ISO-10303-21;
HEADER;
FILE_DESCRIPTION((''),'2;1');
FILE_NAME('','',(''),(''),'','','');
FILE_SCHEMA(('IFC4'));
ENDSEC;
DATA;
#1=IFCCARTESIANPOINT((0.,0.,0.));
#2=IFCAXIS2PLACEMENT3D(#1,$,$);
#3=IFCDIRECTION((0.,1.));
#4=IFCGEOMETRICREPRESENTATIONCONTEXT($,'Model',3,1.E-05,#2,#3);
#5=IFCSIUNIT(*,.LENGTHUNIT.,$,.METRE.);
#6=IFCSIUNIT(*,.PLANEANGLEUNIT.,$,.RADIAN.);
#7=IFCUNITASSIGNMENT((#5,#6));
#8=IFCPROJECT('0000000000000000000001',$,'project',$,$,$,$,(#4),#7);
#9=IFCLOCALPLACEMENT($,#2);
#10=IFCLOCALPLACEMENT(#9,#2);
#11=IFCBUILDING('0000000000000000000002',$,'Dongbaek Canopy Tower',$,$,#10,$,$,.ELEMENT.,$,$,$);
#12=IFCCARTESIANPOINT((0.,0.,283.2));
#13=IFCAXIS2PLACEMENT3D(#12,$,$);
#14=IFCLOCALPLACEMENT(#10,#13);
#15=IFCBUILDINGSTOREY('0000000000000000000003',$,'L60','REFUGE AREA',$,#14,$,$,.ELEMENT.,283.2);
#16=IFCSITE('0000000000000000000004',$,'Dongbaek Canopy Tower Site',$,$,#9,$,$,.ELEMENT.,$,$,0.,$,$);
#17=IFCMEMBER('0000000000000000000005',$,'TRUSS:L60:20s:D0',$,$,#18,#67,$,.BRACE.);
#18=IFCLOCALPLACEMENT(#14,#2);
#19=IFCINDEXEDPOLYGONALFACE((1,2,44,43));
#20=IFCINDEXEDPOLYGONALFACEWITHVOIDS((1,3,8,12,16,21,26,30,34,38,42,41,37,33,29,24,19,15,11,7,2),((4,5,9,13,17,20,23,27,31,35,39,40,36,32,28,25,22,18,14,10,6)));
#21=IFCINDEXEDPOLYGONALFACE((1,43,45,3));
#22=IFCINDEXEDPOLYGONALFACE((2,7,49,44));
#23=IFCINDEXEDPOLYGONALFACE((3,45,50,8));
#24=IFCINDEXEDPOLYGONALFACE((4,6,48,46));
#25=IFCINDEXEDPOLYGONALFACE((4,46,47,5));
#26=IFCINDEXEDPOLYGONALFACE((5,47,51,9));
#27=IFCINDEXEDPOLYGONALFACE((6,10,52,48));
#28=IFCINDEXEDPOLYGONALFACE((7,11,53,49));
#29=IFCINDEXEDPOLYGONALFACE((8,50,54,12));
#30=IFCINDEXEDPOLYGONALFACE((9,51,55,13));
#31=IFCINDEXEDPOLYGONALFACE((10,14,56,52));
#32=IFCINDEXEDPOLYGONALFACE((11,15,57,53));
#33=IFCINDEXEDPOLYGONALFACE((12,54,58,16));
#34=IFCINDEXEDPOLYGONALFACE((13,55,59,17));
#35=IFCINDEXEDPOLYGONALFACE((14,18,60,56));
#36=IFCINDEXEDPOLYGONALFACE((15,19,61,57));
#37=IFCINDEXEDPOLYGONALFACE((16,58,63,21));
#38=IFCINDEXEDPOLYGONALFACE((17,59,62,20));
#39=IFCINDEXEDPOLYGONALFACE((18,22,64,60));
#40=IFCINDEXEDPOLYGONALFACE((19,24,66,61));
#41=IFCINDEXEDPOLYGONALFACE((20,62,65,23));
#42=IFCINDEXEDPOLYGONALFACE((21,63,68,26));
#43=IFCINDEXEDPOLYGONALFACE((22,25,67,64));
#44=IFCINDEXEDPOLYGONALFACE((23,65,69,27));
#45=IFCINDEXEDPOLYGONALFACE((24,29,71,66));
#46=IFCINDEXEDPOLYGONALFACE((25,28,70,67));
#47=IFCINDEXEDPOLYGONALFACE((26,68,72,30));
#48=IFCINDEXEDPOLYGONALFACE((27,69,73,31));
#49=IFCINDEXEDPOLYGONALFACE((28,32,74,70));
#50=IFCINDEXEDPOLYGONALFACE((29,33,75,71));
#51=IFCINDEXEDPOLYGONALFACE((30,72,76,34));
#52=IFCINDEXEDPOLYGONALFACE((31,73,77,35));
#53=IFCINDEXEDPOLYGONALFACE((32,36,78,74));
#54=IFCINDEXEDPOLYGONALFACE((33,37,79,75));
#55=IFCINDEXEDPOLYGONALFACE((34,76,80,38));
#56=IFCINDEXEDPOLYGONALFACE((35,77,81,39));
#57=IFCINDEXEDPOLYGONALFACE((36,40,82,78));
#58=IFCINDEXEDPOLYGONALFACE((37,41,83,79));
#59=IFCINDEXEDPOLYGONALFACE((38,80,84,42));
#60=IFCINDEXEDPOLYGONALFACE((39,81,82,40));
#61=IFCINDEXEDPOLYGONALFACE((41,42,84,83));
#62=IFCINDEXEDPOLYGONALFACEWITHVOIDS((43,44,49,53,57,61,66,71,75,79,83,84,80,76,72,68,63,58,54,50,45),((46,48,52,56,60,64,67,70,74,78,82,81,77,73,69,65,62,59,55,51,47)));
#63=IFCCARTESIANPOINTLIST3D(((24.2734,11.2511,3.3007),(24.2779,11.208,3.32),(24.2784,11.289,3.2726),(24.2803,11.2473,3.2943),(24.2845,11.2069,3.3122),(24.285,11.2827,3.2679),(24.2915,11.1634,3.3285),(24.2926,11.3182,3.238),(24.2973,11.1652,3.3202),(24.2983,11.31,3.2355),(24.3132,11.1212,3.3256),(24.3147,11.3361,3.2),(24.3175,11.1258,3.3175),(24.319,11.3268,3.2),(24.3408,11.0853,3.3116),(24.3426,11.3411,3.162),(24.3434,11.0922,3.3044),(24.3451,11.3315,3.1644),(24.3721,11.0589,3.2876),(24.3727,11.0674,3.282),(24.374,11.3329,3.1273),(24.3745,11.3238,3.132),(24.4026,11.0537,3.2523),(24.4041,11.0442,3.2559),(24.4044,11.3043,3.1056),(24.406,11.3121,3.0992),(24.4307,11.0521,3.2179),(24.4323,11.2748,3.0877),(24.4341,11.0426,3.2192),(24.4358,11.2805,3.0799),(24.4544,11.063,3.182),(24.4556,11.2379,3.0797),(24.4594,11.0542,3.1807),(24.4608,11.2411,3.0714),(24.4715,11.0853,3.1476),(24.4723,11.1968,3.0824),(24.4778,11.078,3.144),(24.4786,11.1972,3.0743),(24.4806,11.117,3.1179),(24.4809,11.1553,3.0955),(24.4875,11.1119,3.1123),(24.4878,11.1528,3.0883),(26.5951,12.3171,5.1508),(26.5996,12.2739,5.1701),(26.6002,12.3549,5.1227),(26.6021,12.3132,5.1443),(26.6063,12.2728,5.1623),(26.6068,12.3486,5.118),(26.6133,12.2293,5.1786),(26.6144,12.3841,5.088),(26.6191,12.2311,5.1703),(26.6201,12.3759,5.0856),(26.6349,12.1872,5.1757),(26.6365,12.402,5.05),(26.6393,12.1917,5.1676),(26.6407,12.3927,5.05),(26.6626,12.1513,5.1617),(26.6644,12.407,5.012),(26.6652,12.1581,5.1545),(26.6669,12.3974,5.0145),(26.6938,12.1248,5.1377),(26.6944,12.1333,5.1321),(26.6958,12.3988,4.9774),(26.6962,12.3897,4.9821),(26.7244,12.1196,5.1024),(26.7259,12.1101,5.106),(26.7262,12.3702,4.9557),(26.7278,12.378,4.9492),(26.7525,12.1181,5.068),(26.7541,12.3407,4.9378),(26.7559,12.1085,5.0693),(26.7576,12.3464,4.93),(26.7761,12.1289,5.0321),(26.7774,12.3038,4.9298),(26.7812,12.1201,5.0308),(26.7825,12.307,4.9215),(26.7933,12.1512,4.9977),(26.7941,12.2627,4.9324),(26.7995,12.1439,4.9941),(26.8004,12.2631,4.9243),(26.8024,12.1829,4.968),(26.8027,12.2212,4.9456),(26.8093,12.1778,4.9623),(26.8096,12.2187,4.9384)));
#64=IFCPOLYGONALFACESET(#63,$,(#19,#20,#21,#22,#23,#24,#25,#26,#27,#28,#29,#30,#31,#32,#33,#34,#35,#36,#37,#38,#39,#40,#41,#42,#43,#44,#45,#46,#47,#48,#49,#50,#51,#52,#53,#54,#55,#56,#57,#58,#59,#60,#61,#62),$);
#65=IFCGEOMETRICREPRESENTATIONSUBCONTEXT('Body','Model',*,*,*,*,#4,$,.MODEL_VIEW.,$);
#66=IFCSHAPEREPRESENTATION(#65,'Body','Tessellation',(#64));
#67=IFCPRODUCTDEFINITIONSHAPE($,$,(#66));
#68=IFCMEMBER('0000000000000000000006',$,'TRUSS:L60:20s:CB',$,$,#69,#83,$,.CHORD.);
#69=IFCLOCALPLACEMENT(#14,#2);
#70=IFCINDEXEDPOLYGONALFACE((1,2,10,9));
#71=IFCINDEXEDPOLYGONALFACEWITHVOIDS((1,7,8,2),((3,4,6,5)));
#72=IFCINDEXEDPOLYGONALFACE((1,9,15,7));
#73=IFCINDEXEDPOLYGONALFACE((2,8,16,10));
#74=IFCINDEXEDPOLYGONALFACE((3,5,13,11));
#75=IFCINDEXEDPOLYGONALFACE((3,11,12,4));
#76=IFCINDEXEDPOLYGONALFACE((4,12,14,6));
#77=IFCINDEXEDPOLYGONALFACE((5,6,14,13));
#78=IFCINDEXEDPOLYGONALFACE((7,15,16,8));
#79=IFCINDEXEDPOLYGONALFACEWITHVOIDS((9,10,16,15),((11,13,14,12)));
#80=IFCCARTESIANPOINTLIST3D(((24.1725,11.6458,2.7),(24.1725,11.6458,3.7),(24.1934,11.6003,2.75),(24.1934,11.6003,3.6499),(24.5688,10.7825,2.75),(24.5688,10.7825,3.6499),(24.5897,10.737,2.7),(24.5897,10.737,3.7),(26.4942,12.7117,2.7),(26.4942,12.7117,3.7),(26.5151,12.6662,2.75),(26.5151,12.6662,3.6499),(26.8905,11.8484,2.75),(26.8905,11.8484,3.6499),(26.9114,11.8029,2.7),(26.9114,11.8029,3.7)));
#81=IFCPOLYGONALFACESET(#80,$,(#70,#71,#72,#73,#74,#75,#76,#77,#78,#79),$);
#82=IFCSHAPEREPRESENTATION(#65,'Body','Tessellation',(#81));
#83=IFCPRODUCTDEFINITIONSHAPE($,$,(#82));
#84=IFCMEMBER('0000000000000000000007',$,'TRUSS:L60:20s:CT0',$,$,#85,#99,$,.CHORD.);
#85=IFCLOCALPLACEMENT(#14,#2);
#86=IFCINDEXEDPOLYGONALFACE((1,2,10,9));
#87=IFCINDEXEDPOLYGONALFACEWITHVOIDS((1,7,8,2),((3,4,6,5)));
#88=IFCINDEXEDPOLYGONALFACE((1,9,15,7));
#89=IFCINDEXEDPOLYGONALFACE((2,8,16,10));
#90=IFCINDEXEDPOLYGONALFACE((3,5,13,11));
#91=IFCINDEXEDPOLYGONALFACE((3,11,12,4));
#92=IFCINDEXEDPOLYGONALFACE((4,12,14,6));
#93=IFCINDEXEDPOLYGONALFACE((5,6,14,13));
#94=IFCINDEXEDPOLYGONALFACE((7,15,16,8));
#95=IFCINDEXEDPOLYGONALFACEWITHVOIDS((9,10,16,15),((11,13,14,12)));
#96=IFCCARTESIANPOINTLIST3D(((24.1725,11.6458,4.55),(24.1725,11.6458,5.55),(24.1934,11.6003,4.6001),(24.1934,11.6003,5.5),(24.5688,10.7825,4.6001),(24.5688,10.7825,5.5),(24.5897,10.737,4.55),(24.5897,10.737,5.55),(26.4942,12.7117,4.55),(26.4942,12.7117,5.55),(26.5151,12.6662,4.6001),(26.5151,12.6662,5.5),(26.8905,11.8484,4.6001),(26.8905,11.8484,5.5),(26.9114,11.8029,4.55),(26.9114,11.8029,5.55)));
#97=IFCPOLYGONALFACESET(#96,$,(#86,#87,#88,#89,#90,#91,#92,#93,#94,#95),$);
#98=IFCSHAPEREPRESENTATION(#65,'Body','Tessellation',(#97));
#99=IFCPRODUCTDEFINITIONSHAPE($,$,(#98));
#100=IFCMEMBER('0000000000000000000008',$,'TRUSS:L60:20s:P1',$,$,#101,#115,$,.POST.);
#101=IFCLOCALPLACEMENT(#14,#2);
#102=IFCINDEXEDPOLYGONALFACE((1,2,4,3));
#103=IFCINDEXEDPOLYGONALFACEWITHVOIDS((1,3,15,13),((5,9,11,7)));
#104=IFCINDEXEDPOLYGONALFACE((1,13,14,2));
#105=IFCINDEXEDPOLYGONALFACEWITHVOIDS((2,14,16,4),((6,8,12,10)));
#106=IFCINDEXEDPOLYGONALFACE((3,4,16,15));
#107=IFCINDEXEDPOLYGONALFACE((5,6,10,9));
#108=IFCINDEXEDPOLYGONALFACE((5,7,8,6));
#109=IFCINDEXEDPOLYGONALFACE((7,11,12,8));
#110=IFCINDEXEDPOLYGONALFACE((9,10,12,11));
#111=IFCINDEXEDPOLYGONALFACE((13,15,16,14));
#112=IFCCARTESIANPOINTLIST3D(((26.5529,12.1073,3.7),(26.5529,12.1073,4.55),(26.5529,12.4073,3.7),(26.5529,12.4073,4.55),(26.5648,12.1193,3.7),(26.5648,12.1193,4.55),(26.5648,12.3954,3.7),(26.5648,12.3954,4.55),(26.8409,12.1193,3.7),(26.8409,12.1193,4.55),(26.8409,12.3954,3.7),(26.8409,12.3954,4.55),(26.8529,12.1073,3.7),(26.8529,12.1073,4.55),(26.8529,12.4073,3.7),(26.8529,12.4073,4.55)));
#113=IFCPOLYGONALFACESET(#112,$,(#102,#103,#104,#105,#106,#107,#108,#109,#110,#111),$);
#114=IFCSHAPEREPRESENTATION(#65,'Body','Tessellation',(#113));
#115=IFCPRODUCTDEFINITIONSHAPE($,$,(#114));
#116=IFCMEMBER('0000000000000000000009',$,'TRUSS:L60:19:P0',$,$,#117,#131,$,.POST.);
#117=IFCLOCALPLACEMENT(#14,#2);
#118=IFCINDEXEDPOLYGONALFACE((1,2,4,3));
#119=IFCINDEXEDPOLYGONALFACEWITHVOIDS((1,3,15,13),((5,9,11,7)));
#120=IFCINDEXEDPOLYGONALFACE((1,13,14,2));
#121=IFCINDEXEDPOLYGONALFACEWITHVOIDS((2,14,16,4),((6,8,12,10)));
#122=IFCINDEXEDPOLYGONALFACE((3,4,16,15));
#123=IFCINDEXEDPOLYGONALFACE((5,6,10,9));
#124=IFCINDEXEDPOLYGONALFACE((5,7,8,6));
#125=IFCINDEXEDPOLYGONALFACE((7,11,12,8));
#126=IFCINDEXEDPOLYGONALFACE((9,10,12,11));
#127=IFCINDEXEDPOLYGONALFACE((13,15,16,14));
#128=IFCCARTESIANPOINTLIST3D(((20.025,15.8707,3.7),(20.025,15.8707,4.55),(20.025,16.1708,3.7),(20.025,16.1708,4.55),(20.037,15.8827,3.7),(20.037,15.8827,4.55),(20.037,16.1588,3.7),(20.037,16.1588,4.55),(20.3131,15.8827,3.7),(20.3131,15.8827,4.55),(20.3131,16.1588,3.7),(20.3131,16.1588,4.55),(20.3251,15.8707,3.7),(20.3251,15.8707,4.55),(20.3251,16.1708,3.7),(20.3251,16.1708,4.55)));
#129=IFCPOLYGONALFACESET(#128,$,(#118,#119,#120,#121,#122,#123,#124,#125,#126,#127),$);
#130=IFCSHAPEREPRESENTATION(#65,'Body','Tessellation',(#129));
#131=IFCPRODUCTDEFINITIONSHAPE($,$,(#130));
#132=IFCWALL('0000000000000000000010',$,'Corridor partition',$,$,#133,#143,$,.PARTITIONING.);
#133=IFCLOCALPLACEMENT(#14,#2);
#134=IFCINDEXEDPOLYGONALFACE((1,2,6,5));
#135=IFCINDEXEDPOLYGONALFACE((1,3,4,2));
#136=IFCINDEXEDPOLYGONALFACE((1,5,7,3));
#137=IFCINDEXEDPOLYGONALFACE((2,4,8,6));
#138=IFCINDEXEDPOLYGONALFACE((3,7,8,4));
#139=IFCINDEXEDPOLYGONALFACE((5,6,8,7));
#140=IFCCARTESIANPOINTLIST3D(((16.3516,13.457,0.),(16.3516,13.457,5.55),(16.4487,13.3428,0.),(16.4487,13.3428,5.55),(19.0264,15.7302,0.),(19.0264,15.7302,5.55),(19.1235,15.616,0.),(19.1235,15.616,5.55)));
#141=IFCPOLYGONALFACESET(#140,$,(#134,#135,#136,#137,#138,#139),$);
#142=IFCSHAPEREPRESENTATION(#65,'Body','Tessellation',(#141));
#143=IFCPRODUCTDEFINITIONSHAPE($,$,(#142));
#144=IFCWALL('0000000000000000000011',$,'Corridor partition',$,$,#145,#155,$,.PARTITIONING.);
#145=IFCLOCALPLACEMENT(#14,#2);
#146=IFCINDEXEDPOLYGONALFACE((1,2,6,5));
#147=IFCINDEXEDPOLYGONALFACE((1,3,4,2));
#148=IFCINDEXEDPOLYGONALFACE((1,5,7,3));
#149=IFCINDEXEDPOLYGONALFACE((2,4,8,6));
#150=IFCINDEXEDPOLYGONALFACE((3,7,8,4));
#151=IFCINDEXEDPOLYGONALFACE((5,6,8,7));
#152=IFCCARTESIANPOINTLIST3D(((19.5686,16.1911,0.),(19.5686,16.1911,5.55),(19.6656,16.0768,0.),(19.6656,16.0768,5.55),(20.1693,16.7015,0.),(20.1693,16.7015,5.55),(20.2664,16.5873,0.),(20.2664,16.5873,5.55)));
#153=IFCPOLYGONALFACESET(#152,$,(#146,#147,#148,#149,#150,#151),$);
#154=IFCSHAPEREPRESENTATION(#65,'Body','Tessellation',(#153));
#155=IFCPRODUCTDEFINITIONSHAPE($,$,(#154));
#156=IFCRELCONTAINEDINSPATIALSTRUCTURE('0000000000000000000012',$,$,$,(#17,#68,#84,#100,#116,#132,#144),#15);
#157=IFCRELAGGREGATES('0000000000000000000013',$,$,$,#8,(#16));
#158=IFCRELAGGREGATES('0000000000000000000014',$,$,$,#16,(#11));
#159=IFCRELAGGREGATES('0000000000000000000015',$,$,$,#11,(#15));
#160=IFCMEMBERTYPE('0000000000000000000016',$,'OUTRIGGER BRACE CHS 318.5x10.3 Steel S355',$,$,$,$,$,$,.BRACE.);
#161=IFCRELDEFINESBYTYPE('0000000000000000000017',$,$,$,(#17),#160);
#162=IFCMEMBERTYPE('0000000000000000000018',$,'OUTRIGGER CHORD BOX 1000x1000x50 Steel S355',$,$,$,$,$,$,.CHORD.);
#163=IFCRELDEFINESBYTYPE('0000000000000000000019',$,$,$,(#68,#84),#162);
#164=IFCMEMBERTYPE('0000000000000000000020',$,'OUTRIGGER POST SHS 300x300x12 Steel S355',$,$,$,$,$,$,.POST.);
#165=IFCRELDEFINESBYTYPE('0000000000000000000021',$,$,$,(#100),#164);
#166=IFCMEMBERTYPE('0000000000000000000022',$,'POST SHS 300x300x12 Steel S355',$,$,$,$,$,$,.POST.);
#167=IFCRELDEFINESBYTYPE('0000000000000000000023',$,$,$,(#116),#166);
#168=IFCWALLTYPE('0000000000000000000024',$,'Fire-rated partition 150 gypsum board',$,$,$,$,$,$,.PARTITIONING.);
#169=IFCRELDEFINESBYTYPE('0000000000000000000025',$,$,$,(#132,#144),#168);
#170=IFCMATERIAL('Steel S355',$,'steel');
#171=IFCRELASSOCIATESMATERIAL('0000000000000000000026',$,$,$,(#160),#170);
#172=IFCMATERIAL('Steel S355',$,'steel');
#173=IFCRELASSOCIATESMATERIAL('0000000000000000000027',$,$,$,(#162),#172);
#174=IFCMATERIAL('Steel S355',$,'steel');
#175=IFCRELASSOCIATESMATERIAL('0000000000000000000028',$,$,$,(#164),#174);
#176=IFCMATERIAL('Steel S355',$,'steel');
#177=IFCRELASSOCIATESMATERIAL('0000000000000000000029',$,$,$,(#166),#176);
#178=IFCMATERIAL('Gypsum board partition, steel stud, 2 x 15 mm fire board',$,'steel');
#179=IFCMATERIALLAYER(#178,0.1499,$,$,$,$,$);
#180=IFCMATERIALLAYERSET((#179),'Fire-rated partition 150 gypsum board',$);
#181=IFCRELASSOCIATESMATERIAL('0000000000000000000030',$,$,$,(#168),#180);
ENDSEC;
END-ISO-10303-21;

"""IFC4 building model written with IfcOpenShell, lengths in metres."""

from ifc_helpers import new_model, si_unit, direction, frame, frame_2d, origin, origin_2d, place, context, subcontext, project, spatial, rectangle, hollow_rectangle, hollow_circle, extrude, material, layer, layer_set, material_profile, profile_set, type_object, element, save


model = new_model("IFC4")

# Units and contexts
model_context = context("Model", 3, precision=1e-05, world=origin(), true_north=direction((0.0, 1.0)))
body_context = subcontext(model_context, "Body", "Model", "MODEL_VIEW")
ifc_project = project(units=[si_unit("LENGTHUNIT", "METRE"), si_unit("PLANEANGLEUNIT", "RADIAN")], contexts=[model_context])

# Site, building, storey
site_placement = place(None, origin())
site = spatial("IfcSite", under=ifc_project, at=site_placement, Name="Dongbaek Canopy Tower Site", CompositionType="ELEMENT", RefElevation=0.0)
building_placement = place(site_placement, origin())
building = spatial("IfcBuilding", under=site, at=building_placement, Name="Dongbaek Canopy Tower", CompositionType="ELEMENT")
storey_placement = place(building_placement, frame((0.0, 0.0, 283.2)))
storey = spatial("IfcBuildingStorey", under=building, at=storey_placement, Name="L60", Description="REFUGE AREA", CompositionType="ELEMENT", Elevation=283.2)

# Members
ifc_material_1 = material(Name="Steel S355", Category="steel")
ifc_material_profile_1 = material_profile(ifc_material_1, hollow_circle(Radius=0.1592, WallThickness=0.0103, at=origin_2d()), Name="OUTRIGGER BRACE CHS 318.5x10.3 Steel S355")
ifc_profile_set_1 = profile_set([ifc_material_profile_1], Name="Steel S355")
member_type_1 = type_object("IfcMemberType", Name="OUTRIGGER BRACE CHS 318.5x10.3 Steel S355", PredefinedType="BRACE", material=ifc_profile_set_1)
member_1_placement = place(storey_placement, frame((24.3811, 11.1914, 3.2), z_axis=(0.736064, 0.337924, 0.586529), x_axis=(-0.417227, 0.908802, 0.0)))
element("IfcMember", 1, at=member_1_placement, inside=storey, type_object=member_type_1, Name="TRUSS:L60:20s:D0", PredefinedType="BRACE", context=body_context, shape_type="SweptSolid", body=[
    extrude(hollow_circle(Radius=0.1592, WallThickness=0.0103, at=origin_2d()), origin(), (0.0, 0.0, 1.0), 3.1543),
])
ifc_material_2 = material(Name="Steel S355", Category="steel")
ifc_material_profile_2 = material_profile(ifc_material_2, hollow_rectangle(XDim=1.0, YDim=1.0, WallThickness=0.05, at=origin_2d()), Name="OUTRIGGER CHORD BOX 1000x1000x50 Steel S355")
ifc_profile_set_2 = profile_set([ifc_material_profile_2], Name="Steel S355")
member_type_2 = type_object("IfcMemberType", Name="OUTRIGGER CHORD BOX 1000x1000x50 Steel S355", PredefinedType="CHORD", material=ifc_profile_set_2)
for number, where, z_axis, x_axis, name in (
    (2, (24.3811, 11.1914, 3.2), (0.908802, 0.417227, 0.0), (-0.417227, 0.908802, 0.0), "TRUSS:L60:20s:CB"),
    (3, (24.3811, 11.1914, 5.05), (0.908802, 0.417227, 0.0), (-0.417227, 0.908802, 0.0), "TRUSS:L60:20s:CT0"),
):
    element("IfcMember", number, at=place(storey_placement, frame(where, z_axis=z_axis, x_axis=x_axis)), inside=storey, type_object=member_type_2, Name=name, PredefinedType="CHORD", context=body_context, shape_type="SweptSolid", body=[
        extrude(hollow_rectangle(XDim=1.0, YDim=1.0, WallThickness=0.05, at=origin_2d()), origin(), (0.0, 0.0, 1.0), 2.5547),
    ])
ifc_material_3 = material(Name="Steel S355", Category="steel")
ifc_material_profile_3 = material_profile(ifc_material_3, hollow_rectangle(XDim=0.3, YDim=0.3, WallThickness=0.012, at=origin_2d()), Name="OUTRIGGER POST SHS 300x300x12 Steel S355")
ifc_profile_set_3 = profile_set([ifc_material_profile_3], Name="Steel S355")
member_type_3 = type_object("IfcMemberType", Name="OUTRIGGER POST SHS 300x300x12 Steel S355", PredefinedType="POST", material=ifc_profile_set_3)
member_2_placement = place(storey_placement, frame((26.7029, 12.2573, 3.7), z_axis=(0.0, 0.0, 1.0), x_axis=(1.0, 0.0, 0.0)))
element("IfcMember", 4, at=member_2_placement, inside=storey, type_object=member_type_3, Name="TRUSS:L60:20s:P1", PredefinedType="POST", context=body_context, shape_type="SweptSolid", body=[
    extrude(hollow_rectangle(XDim=0.3, YDim=0.3, WallThickness=0.012, at=origin_2d()), origin(), (0.0, 0.0, 1.0), 0.8501),
])
ifc_material_4 = material(Name="Steel S355", Category="steel")
ifc_material_profile_4 = material_profile(ifc_material_4, hollow_rectangle(XDim=0.3, YDim=0.3, WallThickness=0.012, at=origin_2d()), Name="POST SHS 300x300x12 Steel S355")
ifc_profile_set_4 = profile_set([ifc_material_profile_4], Name="Steel S355")
member_type_4 = type_object("IfcMemberType", Name="POST SHS 300x300x12 Steel S355", PredefinedType="POST", material=ifc_profile_set_4)
member_3_placement = place(storey_placement, frame((20.175, 16.0208, 3.7), z_axis=(0.0, 0.0, 1.0), x_axis=(1.0, 0.0, 0.0)))
element("IfcMember", 5, at=member_3_placement, inside=storey, type_object=member_type_4, Name="TRUSS:L60:19:P0", PredefinedType="POST", context=body_context, shape_type="SweptSolid", body=[
    extrude(hollow_rectangle(XDim=0.3, YDim=0.3, WallThickness=0.012, at=origin_2d()), origin(), (0.0, 0.0, 1.0), 0.8501),
])

# Walls
ifc_material_5 = material(Name="Gypsum board partition, steel stud, 2 x 15 mm fire board", Category="steel")
ifc_layer_1 = layer(ifc_material_5, 0.1499)
ifc_layer_set_1 = layer_set([ifc_layer_1], Name="Fire-rated partition 150 gypsum board")
wall_type = type_object("IfcWallType", Name="Fire-rated partition 150 gypsum board", PredefinedType="PARTITIONING", material=ifc_layer_set_1)
wall_1_placement = place(storey_placement, frame((16.4001, 13.3999, 0.0), z_axis=(0.0, 0.0, 1.0), x_axis=(0.761994, 0.647584, 0.0)))
element("IfcWall", 6, at=wall_1_placement, inside=storey, type_object=wall_type, Name="Corridor partition", PredefinedType="PARTITIONING", context=body_context, shape_type="SweptSolid", body=[
    extrude(rectangle(XDim=3.5103, YDim=0.1499, at=frame_2d((1.7551, 0.0))), origin(), (0.0, 0.0, 1.0), 5.55),
])
wall_2_placement = place(storey_placement, frame((19.6172, 16.134, 0.0), z_axis=(0.0, 0.0, 1.0), x_axis=(0.762069, 0.647496, 0.0)))
element("IfcWall", 7, at=wall_2_placement, inside=storey, type_object=wall_type, Name="Corridor partition", PredefinedType="PARTITIONING", context=body_context, shape_type="SweptSolid", body=[
    extrude(rectangle(XDim=0.7883, YDim=0.1499, at=frame_2d((0.394, 0.0))), origin(), (0.0, 0.0, 1.0), 5.55),
])

save(model, "model.ifc")
